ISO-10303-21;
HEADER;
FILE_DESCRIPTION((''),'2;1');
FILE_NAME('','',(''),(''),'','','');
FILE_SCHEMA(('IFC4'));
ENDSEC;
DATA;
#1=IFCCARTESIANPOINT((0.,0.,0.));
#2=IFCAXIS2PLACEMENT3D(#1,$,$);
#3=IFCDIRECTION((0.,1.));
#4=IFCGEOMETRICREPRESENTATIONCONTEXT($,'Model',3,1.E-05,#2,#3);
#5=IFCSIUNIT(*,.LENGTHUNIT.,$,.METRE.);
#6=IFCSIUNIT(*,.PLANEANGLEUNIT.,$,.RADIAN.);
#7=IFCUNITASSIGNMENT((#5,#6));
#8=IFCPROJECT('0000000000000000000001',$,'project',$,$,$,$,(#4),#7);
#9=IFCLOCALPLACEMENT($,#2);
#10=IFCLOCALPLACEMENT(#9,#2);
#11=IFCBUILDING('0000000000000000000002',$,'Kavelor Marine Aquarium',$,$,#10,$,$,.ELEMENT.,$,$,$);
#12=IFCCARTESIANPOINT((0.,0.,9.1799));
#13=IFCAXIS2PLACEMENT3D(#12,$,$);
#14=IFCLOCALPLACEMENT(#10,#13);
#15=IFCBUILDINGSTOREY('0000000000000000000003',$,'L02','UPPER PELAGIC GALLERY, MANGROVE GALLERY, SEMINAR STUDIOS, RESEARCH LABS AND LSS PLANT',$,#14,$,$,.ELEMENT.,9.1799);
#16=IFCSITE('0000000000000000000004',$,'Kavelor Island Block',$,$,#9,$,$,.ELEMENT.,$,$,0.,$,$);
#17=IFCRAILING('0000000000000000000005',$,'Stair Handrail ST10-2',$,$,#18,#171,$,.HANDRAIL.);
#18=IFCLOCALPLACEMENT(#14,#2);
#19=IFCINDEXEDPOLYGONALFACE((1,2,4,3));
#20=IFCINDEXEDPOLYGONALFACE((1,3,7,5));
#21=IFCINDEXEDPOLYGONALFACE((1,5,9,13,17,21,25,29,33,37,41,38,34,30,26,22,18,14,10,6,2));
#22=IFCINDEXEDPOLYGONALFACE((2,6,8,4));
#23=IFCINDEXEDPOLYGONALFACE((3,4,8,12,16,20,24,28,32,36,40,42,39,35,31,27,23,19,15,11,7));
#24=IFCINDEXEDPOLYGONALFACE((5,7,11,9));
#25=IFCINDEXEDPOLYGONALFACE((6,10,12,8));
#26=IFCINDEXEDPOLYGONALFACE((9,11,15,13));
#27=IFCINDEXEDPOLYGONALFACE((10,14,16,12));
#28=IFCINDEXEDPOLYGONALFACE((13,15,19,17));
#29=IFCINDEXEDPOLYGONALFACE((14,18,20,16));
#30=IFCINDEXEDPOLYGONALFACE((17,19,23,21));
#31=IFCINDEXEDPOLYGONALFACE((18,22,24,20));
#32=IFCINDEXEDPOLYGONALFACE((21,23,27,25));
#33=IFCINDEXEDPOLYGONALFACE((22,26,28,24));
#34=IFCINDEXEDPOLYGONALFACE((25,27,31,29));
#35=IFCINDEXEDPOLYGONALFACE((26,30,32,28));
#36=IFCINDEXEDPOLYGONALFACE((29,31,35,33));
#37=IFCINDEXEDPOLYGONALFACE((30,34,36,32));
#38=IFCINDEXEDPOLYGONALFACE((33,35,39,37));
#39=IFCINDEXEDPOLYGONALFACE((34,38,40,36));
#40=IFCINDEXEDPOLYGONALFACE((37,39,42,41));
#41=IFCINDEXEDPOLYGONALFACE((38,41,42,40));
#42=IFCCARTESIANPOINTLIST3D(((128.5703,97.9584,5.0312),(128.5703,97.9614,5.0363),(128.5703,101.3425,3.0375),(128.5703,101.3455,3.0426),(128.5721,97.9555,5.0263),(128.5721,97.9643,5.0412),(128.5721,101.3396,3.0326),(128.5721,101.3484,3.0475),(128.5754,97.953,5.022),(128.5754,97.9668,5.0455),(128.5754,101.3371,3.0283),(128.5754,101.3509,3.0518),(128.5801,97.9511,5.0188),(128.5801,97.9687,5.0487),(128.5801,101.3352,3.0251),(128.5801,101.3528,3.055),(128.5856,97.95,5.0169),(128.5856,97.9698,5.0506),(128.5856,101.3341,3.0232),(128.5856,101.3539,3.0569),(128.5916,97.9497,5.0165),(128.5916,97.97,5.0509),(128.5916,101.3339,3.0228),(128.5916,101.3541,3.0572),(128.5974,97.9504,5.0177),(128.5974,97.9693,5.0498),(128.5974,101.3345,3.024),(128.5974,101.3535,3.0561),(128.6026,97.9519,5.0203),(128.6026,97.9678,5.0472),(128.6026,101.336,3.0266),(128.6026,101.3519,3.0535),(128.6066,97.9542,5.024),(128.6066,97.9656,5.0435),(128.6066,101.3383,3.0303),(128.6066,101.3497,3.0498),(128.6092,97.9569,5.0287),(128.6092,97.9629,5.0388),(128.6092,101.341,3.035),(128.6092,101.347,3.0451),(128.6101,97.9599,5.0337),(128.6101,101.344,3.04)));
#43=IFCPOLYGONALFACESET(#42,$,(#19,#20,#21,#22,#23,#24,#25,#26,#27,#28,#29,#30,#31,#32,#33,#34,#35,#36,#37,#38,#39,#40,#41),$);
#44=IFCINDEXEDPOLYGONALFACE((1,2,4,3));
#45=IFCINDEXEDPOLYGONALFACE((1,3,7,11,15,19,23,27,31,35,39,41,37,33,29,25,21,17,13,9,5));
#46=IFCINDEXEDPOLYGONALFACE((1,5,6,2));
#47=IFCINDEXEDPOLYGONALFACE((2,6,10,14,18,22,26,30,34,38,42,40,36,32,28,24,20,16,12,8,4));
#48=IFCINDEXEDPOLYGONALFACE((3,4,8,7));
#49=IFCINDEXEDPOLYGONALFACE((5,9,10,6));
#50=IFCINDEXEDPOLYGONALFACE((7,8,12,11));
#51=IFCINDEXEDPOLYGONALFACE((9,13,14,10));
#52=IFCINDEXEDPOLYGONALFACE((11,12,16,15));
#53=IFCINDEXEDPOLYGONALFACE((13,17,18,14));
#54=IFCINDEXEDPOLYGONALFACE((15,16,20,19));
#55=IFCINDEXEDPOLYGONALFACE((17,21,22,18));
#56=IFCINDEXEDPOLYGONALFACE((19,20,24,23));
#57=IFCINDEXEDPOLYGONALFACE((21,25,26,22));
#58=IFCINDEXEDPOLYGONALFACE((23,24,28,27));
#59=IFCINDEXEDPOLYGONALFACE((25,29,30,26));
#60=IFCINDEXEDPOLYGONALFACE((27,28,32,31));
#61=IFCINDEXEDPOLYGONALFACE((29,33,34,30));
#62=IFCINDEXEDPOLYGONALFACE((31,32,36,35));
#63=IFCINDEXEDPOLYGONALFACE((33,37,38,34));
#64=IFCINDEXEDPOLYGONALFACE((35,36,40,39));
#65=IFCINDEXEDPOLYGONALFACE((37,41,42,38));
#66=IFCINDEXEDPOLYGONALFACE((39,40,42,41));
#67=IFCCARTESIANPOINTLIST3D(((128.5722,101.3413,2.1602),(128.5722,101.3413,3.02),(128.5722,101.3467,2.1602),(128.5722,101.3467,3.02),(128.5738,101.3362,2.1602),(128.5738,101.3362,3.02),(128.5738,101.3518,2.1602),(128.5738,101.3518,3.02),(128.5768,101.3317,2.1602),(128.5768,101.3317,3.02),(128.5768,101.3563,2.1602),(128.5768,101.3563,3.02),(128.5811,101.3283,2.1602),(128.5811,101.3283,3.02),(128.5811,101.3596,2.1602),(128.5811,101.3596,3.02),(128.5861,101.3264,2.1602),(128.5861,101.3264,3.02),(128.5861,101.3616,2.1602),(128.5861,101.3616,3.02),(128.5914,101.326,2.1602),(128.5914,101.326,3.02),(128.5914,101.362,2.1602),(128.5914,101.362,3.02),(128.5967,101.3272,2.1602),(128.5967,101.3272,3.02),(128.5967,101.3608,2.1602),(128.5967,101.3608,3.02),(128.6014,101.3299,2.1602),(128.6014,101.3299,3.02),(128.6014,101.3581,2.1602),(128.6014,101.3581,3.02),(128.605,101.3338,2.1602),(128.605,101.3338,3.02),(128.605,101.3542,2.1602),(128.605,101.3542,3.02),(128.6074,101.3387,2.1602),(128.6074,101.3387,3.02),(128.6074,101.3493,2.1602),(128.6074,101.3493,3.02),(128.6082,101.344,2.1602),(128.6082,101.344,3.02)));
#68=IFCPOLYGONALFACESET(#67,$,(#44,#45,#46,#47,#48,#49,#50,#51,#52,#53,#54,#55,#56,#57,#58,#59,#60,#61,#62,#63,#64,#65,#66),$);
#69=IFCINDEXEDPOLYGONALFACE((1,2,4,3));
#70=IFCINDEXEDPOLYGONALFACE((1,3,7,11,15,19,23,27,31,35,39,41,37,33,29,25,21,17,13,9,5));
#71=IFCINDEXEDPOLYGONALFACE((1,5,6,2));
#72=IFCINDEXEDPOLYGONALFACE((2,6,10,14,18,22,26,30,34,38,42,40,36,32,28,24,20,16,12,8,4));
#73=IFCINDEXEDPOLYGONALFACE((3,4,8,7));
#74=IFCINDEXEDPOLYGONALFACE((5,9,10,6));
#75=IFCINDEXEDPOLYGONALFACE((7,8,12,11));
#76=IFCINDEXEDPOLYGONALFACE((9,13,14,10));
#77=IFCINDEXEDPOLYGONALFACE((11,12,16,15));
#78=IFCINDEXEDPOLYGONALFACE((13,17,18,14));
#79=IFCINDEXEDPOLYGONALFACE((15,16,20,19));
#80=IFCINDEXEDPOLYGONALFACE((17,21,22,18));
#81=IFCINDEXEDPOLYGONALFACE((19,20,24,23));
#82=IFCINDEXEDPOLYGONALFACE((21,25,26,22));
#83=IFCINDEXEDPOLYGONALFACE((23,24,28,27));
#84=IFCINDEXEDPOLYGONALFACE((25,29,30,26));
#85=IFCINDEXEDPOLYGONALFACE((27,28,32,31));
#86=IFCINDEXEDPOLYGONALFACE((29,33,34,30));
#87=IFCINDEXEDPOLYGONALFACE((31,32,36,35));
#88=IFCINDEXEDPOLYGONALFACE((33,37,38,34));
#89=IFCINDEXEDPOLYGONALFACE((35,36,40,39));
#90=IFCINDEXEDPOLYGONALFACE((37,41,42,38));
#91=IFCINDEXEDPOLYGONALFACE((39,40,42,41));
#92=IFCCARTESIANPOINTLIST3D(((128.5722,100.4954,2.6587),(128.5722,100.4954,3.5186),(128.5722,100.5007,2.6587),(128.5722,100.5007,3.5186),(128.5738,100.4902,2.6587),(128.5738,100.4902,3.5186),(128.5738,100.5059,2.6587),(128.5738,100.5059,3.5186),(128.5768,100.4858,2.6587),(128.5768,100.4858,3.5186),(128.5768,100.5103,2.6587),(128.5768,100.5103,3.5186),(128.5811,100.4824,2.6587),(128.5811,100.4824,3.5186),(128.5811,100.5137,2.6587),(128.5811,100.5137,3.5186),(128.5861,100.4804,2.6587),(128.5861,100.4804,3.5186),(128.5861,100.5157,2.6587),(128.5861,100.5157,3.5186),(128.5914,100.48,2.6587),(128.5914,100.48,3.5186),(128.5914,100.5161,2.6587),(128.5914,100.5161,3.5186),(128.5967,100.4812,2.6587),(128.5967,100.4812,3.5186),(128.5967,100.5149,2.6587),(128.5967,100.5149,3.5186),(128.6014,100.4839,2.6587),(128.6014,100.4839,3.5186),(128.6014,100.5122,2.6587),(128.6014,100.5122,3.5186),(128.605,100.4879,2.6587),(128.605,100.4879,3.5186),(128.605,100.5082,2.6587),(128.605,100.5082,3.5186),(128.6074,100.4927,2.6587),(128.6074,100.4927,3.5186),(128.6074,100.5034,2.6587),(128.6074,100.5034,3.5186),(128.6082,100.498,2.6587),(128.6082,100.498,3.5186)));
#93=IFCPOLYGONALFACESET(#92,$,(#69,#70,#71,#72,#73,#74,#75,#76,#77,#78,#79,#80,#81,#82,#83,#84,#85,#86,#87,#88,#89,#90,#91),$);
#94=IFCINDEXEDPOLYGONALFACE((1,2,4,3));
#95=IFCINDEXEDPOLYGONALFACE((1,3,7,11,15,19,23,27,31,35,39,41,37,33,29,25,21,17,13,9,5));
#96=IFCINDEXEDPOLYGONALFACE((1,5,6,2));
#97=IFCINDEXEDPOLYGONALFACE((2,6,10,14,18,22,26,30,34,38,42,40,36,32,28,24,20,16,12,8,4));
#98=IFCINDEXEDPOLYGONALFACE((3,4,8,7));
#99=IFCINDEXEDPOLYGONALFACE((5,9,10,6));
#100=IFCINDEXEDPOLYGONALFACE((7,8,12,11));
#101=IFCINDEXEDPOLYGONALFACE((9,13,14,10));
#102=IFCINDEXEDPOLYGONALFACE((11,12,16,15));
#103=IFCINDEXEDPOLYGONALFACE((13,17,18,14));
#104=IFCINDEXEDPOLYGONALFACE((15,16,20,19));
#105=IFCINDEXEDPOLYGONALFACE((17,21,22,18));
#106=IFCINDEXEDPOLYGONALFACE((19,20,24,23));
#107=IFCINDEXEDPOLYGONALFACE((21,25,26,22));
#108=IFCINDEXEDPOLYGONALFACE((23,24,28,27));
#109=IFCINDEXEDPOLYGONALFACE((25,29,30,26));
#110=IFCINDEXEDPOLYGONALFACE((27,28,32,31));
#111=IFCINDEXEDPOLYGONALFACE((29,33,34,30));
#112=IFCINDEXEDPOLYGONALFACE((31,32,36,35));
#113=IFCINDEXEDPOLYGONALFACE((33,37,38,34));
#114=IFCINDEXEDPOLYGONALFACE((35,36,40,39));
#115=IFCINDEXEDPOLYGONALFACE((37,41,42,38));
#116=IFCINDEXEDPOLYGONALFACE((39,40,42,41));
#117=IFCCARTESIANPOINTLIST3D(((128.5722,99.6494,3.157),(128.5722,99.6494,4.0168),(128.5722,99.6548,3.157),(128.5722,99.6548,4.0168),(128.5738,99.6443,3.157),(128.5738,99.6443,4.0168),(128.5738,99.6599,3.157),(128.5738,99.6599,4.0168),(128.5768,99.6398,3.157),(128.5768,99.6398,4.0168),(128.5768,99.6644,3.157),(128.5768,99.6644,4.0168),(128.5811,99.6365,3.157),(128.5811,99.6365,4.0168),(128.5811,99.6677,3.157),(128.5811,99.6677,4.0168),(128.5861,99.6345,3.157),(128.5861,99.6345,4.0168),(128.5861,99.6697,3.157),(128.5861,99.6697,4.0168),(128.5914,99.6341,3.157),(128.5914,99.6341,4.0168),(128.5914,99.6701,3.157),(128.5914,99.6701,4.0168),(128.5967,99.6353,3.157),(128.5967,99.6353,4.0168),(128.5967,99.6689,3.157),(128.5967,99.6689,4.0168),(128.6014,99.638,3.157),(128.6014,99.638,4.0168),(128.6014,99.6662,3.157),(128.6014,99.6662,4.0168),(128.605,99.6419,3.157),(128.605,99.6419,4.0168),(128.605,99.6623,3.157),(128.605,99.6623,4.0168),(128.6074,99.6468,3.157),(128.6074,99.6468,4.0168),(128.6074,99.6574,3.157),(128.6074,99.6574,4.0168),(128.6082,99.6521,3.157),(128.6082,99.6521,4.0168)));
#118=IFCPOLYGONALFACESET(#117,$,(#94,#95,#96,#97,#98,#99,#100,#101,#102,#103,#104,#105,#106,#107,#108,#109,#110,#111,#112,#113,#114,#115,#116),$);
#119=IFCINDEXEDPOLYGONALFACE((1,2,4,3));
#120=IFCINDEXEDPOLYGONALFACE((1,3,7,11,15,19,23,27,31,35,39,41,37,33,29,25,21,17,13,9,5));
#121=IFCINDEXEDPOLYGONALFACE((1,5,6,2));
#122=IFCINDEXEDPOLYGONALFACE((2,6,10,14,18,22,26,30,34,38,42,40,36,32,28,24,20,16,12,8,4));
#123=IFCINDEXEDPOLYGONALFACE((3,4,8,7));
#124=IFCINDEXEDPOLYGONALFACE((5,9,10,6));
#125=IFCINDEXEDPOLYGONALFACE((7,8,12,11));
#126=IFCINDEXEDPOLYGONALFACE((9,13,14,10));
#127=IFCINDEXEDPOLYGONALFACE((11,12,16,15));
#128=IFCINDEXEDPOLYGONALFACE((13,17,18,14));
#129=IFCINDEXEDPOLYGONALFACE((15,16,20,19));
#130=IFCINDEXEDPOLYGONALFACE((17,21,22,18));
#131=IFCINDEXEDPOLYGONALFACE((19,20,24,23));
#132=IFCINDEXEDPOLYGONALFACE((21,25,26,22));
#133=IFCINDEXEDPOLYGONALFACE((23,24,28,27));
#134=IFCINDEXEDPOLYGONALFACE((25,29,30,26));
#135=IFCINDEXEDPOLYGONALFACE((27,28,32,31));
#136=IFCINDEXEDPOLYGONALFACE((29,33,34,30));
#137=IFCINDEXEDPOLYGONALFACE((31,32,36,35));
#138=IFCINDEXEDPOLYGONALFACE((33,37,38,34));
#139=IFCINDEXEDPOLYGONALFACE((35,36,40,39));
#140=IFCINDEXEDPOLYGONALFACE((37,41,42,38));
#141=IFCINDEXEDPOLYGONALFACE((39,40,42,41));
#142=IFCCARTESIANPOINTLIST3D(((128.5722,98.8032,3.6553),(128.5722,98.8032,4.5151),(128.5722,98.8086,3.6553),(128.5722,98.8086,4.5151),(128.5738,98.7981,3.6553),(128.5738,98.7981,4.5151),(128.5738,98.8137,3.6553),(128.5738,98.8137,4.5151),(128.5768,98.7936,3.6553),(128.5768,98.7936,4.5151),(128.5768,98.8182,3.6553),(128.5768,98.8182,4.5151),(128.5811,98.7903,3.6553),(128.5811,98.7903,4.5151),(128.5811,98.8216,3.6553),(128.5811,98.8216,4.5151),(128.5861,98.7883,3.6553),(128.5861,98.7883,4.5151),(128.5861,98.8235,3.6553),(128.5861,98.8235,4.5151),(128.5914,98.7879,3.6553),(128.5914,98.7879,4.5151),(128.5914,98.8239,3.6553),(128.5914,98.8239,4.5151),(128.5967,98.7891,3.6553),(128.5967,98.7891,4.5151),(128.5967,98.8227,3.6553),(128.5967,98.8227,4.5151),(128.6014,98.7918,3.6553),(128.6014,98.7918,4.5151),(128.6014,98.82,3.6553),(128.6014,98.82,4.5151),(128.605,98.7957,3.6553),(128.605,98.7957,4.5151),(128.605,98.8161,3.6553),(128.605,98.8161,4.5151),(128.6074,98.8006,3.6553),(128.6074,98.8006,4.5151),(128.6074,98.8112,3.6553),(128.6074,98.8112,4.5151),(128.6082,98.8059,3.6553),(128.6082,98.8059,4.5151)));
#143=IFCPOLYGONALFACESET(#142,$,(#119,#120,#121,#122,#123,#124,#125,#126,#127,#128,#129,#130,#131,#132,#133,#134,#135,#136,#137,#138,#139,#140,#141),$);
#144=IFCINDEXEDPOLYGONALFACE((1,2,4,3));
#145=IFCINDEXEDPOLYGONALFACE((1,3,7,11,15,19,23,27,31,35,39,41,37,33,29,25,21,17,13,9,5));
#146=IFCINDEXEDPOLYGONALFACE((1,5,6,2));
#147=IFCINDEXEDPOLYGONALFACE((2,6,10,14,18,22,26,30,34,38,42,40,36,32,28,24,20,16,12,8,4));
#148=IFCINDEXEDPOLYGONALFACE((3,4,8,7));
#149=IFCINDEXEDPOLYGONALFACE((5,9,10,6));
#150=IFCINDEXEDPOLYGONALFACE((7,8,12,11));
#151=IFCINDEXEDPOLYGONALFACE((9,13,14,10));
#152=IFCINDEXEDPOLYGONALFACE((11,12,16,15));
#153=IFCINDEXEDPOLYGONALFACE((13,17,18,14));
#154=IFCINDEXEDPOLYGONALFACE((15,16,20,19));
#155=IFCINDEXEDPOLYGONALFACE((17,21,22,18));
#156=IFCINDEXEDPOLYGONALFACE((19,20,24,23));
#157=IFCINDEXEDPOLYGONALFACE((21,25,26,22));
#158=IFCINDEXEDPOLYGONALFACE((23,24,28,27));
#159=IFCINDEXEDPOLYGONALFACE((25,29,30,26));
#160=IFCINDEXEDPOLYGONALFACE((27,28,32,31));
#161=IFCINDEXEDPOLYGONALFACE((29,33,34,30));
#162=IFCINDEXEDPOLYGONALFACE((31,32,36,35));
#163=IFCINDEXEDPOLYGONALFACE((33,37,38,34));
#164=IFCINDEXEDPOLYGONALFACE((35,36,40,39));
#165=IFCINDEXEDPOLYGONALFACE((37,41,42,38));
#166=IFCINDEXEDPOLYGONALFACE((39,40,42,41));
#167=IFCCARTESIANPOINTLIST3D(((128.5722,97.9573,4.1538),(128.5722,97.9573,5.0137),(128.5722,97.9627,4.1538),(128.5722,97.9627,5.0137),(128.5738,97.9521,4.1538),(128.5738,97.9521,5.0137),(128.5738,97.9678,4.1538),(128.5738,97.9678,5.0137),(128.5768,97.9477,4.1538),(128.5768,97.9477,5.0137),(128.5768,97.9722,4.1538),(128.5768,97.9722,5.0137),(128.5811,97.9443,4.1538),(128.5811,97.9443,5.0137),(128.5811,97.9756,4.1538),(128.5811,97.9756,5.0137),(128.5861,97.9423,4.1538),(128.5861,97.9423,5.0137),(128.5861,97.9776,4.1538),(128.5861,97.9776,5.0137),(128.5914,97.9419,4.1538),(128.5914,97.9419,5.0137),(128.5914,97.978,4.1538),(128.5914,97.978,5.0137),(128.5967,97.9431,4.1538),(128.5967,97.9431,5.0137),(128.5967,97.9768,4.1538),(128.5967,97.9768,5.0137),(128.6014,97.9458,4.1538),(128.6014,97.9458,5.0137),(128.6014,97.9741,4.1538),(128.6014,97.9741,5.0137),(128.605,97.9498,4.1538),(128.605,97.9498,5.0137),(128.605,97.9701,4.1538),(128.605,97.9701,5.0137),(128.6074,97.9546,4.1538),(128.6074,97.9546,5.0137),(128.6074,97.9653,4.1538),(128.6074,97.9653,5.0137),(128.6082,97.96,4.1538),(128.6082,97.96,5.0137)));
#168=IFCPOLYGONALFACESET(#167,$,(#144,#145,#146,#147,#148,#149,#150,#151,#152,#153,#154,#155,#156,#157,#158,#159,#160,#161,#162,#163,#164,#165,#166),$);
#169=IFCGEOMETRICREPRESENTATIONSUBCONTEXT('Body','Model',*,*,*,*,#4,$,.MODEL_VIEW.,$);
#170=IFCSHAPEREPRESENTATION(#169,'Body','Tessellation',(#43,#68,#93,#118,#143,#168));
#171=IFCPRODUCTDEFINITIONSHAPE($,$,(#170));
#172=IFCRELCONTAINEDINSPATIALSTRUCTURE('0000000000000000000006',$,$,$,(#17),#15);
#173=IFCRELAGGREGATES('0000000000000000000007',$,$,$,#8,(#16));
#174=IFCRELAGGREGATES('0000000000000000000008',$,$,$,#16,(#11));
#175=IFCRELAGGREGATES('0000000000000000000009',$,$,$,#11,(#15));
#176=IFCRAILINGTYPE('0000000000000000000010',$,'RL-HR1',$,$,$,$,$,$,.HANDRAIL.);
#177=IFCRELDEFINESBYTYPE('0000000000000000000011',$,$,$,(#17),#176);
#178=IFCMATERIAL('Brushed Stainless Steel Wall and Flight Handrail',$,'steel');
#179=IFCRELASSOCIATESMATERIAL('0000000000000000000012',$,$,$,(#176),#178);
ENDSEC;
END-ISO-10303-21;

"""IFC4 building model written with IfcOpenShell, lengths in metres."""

from ifc_helpers import new_model, si_unit, direction, frame, origin, origin_2d, place, context, subcontext, project, spatial, circle, extrude, material, type_object, element, save


model = new_model("IFC4")

# Units and contexts
model_context = context("Model", 3, precision=1e-05, world=origin(), true_north=direction((0.0, 1.0)))
body_context = subcontext(model_context, "Body", "Model", "MODEL_VIEW")
ifc_project = project(units=[si_unit("LENGTHUNIT", "METRE"), si_unit("PLANEANGLEUNIT", "RADIAN")], contexts=[model_context])

# Site, building, storey
site_placement = place(None, origin())
site = spatial("IfcSite", under=ifc_project, at=site_placement, Name="Kavelor Island Block", CompositionType="ELEMENT", RefElevation=0.0)
building_placement = place(site_placement, origin())
building = spatial("IfcBuilding", under=site, at=building_placement, Name="Kavelor Marine Aquarium", CompositionType="ELEMENT")
storey_placement = place(building_placement, frame((0.0, 0.0, 9.1799)))
storey = spatial("IfcBuildingStorey", under=building, at=storey_placement, Name="L02", Description="UPPER PELAGIC GALLERY, MANGROVE GALLERY, SEMINAR STUDIOS, RESEARCH LABS AND LSS PLANT", CompositionType="ELEMENT", Elevation=9.1799)

# Railing
ifc_material_1 = material(Name="Brushed Stainless Steel Wall and Flight Handrail", Category="steel")
railing_type_1 = type_object("IfcRailingType", Name="RL-HR1", PredefinedType="HANDRAIL", material=ifc_material_1)
railing_1_placement = place(storey_placement, frame((128.5901, 101.344, 2.1602)))
element("IfcRailing", 1, at=railing_1_placement, inside=storey, type_object=railing_type_1, Name="Stair Handrail ST10-2", PredefinedType="HANDRAIL", context=body_context, shape_type="SweptSolid", body=[
    extrude(circle(Radius=0.02, at=origin_2d()), frame((0.0, 0.0, 0.8799), z_axis=(0.0, -0.861595, 0.507596), x_axis=(1.0, 0.0, 0.0)), (0.0, 0.0, 1.0), 3.9277),
    extrude(circle(Radius=0.0181, at=origin_2d()), origin(), (0.0, 0.0, 1.0), 0.8599),
    extrude(circle(Radius=0.0181, at=origin_2d()), frame((0.0, -0.8459, 0.4985)), (0.0, 0.0, 1.0), 0.8599),
    extrude(circle(Radius=0.0181, at=origin_2d()), frame((0.0, -1.6919, 0.9968)), (0.0, 0.0, 1.0), 0.8599),
    extrude(circle(Radius=0.0181, at=origin_2d()), frame((0.0, -2.5381, 1.4951)), (0.0, 0.0, 1.0), 0.8599),
    extrude(circle(Radius=0.0181, at=origin_2d()), frame((0.0, -3.384, 1.9937)), (0.0, 0.0, 1.0), 0.8599),
])

save(model, "model.ifc")
